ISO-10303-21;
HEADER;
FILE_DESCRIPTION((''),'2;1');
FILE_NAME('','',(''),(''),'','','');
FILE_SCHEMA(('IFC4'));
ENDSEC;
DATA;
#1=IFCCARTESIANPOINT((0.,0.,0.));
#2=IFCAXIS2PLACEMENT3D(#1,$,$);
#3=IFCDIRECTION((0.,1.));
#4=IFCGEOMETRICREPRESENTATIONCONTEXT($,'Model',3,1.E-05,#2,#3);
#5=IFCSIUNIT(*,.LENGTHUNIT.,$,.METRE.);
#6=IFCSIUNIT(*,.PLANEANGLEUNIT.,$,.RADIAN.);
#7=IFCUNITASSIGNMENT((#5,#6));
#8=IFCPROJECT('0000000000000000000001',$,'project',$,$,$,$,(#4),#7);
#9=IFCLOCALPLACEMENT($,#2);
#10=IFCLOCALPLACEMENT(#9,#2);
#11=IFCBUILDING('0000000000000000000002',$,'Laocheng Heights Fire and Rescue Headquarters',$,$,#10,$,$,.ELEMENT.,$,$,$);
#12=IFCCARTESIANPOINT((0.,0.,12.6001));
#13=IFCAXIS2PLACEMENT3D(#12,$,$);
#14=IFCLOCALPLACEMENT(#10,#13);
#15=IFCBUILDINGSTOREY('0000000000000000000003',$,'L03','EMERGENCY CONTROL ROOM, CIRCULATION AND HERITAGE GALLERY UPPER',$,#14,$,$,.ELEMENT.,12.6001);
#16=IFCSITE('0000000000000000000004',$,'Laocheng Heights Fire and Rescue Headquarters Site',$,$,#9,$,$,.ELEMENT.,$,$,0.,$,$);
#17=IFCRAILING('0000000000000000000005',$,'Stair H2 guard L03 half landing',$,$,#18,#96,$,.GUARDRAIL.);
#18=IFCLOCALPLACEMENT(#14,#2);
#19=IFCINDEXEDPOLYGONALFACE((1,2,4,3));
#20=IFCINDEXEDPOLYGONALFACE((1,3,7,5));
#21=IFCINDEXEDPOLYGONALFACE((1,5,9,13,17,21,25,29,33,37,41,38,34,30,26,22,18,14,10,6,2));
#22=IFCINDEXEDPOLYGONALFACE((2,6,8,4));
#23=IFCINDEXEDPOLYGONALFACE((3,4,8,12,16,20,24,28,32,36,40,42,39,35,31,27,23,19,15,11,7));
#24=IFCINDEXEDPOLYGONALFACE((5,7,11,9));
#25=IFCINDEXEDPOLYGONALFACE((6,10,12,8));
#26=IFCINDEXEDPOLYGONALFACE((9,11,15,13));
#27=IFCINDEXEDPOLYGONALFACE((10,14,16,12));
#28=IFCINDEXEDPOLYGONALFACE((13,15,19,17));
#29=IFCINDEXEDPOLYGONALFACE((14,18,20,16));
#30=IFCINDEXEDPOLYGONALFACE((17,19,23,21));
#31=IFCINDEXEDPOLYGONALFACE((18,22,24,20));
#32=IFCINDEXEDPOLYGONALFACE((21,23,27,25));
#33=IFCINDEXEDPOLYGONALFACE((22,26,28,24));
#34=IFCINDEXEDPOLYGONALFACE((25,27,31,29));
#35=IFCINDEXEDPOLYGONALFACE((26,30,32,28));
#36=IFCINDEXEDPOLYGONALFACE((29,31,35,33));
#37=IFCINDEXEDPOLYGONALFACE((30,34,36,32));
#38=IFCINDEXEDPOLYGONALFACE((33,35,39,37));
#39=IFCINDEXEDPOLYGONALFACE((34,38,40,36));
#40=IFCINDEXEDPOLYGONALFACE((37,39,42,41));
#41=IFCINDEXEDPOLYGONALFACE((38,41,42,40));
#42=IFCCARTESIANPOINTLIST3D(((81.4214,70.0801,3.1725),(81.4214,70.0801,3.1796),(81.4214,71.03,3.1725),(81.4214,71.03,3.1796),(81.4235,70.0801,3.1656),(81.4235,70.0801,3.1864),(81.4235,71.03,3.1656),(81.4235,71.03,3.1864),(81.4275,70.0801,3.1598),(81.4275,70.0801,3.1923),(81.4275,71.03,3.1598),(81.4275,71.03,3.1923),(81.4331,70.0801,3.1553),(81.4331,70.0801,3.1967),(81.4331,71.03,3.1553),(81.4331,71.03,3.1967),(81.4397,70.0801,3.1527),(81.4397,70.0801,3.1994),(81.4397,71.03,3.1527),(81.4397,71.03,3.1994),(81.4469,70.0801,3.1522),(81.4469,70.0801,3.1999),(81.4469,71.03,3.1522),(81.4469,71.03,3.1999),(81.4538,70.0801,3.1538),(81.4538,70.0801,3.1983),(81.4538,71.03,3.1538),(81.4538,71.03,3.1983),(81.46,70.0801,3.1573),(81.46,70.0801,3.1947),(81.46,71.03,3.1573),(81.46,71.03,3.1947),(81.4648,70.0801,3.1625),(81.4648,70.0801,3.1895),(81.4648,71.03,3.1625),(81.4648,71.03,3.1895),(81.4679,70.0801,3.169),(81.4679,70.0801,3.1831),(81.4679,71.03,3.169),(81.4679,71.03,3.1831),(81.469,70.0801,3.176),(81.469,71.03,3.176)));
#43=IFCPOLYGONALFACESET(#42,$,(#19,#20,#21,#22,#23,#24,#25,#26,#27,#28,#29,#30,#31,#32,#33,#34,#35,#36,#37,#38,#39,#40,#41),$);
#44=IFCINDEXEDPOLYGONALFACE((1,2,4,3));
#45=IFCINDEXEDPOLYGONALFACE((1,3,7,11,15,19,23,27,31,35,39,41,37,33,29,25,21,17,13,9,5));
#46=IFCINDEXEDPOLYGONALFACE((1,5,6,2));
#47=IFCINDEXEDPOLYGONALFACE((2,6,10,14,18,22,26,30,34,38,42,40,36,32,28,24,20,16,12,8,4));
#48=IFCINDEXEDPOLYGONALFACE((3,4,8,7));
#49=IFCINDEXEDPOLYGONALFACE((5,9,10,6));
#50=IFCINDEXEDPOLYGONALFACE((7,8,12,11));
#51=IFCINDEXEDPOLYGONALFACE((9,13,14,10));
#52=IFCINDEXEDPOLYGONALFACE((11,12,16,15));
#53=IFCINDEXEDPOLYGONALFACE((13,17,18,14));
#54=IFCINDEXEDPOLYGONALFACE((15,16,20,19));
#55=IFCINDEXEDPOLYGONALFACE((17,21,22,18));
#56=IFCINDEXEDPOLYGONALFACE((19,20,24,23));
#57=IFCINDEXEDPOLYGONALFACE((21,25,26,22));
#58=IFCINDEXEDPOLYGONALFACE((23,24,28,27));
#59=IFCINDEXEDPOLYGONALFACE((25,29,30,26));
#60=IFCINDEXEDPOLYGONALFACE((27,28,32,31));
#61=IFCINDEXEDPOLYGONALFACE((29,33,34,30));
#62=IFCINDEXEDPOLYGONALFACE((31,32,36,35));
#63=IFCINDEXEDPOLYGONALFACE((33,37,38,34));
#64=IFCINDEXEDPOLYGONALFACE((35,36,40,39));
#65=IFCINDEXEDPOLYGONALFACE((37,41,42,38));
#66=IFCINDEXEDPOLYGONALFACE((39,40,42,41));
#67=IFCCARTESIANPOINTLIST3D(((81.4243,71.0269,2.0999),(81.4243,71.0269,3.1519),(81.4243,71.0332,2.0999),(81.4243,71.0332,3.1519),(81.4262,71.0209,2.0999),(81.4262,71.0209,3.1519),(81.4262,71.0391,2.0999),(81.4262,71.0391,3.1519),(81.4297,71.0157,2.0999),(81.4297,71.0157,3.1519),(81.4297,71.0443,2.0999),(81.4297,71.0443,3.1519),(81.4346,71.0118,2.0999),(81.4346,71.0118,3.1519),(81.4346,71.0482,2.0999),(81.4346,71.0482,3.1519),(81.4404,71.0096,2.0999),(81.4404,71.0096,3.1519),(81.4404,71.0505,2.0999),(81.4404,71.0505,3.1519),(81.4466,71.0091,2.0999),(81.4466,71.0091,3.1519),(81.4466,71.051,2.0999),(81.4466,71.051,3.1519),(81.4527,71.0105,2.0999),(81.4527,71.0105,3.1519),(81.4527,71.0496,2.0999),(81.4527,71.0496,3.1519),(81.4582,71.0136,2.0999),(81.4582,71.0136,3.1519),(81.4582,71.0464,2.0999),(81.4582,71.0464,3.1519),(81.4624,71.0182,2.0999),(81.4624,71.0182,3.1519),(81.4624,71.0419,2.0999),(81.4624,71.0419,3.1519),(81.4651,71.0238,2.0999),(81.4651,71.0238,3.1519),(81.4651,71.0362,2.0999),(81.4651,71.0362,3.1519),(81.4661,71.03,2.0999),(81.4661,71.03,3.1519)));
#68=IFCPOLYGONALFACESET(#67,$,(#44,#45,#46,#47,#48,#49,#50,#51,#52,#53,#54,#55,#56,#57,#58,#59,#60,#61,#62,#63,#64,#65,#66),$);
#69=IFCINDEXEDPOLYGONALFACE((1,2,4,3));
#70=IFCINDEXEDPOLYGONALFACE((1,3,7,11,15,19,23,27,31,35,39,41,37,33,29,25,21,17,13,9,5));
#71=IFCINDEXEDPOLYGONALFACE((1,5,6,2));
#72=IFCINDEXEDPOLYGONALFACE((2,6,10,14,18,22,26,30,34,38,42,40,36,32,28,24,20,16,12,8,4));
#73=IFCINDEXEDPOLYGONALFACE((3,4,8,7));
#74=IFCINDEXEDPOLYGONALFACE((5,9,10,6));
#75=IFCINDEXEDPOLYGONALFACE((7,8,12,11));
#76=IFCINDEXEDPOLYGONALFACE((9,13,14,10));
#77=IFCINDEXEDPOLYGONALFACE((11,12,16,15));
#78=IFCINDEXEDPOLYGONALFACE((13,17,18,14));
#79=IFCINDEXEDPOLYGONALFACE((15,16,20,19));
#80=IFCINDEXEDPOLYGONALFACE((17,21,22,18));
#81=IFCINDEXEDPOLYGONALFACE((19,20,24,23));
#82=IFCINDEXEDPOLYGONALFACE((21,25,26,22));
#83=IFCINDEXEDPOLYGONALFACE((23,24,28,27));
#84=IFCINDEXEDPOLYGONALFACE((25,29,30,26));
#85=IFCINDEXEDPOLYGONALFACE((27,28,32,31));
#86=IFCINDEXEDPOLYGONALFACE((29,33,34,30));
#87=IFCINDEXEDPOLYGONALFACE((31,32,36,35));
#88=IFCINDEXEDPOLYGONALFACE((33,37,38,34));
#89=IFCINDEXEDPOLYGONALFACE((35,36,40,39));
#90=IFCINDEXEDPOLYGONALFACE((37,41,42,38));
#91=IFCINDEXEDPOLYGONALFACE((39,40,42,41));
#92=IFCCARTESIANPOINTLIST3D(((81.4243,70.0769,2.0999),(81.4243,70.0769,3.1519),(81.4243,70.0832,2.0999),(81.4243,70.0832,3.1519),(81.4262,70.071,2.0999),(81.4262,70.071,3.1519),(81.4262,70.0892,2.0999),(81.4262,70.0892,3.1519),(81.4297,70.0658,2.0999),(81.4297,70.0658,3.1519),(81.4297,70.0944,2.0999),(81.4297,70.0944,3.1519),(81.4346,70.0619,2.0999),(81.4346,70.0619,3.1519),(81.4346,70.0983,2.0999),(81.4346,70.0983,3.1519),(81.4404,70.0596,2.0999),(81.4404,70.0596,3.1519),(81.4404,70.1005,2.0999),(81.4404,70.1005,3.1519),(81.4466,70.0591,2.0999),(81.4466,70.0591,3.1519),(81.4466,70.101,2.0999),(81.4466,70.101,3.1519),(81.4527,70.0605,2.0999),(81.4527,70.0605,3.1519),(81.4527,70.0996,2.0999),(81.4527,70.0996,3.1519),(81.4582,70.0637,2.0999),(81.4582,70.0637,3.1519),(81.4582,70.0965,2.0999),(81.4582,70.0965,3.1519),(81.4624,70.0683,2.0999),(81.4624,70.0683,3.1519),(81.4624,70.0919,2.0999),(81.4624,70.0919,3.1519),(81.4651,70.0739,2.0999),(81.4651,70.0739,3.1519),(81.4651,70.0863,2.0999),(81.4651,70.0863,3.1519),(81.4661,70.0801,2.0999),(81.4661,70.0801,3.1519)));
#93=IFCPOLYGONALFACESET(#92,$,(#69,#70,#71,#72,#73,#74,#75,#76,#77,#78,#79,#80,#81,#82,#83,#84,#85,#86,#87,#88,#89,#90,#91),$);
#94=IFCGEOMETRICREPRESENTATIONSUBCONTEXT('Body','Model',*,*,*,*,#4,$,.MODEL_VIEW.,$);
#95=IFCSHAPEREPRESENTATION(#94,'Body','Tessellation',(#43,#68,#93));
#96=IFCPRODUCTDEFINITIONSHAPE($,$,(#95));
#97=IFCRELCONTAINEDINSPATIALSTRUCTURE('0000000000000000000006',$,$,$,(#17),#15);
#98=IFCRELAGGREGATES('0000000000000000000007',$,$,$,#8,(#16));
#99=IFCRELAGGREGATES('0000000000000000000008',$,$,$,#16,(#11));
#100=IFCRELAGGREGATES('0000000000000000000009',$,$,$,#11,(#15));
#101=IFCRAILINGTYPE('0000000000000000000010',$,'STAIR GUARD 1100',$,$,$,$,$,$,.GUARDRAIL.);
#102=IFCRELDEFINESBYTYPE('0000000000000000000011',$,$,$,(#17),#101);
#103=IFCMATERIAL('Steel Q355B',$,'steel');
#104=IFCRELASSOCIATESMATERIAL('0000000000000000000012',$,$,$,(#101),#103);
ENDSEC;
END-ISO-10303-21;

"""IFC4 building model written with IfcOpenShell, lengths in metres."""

from ifc_helpers import new_model, si_unit, direction, frame, origin, origin_2d, place, context, subcontext, project, spatial, circle, extrude, material, type_object, element, save


model = new_model("IFC4")

# Units and contexts
model_context = context("Model", 3, precision=1e-05, world=origin(), true_north=direction((0.0, 1.0)))
body_context = subcontext(model_context, "Body", "Model", "MODEL_VIEW")
ifc_project = project(units=[si_unit("LENGTHUNIT", "METRE"), si_unit("PLANEANGLEUNIT", "RADIAN")], contexts=[model_context])

# Site, building, storey
site_placement = place(None, origin())
site = spatial("IfcSite", under=ifc_project, at=site_placement, Name="Laocheng Heights Fire and Rescue Headquarters Site", CompositionType="ELEMENT", RefElevation=0.0)
building_placement = place(site_placement, origin())
building = spatial("IfcBuilding", under=site, at=building_placement, Name="Laocheng Heights Fire and Rescue Headquarters", CompositionType="ELEMENT")
storey_placement = place(building_placement, frame((0.0, 0.0, 12.6001)))
storey = spatial("IfcBuildingStorey", under=building, at=storey_placement, Name="L03", Description="EMERGENCY CONTROL ROOM, CIRCULATION AND HERITAGE GALLERY UPPER", CompositionType="ELEMENT", Elevation=12.6001)

# Railing
ifc_material_1 = material(Name="Steel Q355B", Category="steel")
railing_type_1 = type_object("IfcRailingType", Name="STAIR GUARD 1100", PredefinedType="GUARDRAIL", material=ifc_material_1)
railing_1_placement = place(storey_placement, frame((81.4451, 71.03, 2.0999)))
element("IfcRailing", 1, at=railing_1_placement, inside=storey, type_object=railing_type_1, Name="Stair H2 guard L03 half landing", PredefinedType="GUARDRAIL", context=body_context, shape_type="SweptSolid", body=[
    extrude(circle(Radius=0.0239, at=origin_2d()), frame((0.0, 0.0, 1.0762), z_axis=(0.0, -1.0, 0.0), x_axis=(1.0, 0.0, 0.0)), (0.0, 0.0, 1.0), 0.95),
    extrude(circle(Radius=0.021, at=origin_2d()), origin(), (0.0, 0.0, 1.0), 1.052),
    extrude(circle(Radius=0.021, at=origin_2d()), frame((0.0, -0.95, 0.0)), (0.0, 0.0, 1.0), 1.052),
])

save(model, "model.ifc")
